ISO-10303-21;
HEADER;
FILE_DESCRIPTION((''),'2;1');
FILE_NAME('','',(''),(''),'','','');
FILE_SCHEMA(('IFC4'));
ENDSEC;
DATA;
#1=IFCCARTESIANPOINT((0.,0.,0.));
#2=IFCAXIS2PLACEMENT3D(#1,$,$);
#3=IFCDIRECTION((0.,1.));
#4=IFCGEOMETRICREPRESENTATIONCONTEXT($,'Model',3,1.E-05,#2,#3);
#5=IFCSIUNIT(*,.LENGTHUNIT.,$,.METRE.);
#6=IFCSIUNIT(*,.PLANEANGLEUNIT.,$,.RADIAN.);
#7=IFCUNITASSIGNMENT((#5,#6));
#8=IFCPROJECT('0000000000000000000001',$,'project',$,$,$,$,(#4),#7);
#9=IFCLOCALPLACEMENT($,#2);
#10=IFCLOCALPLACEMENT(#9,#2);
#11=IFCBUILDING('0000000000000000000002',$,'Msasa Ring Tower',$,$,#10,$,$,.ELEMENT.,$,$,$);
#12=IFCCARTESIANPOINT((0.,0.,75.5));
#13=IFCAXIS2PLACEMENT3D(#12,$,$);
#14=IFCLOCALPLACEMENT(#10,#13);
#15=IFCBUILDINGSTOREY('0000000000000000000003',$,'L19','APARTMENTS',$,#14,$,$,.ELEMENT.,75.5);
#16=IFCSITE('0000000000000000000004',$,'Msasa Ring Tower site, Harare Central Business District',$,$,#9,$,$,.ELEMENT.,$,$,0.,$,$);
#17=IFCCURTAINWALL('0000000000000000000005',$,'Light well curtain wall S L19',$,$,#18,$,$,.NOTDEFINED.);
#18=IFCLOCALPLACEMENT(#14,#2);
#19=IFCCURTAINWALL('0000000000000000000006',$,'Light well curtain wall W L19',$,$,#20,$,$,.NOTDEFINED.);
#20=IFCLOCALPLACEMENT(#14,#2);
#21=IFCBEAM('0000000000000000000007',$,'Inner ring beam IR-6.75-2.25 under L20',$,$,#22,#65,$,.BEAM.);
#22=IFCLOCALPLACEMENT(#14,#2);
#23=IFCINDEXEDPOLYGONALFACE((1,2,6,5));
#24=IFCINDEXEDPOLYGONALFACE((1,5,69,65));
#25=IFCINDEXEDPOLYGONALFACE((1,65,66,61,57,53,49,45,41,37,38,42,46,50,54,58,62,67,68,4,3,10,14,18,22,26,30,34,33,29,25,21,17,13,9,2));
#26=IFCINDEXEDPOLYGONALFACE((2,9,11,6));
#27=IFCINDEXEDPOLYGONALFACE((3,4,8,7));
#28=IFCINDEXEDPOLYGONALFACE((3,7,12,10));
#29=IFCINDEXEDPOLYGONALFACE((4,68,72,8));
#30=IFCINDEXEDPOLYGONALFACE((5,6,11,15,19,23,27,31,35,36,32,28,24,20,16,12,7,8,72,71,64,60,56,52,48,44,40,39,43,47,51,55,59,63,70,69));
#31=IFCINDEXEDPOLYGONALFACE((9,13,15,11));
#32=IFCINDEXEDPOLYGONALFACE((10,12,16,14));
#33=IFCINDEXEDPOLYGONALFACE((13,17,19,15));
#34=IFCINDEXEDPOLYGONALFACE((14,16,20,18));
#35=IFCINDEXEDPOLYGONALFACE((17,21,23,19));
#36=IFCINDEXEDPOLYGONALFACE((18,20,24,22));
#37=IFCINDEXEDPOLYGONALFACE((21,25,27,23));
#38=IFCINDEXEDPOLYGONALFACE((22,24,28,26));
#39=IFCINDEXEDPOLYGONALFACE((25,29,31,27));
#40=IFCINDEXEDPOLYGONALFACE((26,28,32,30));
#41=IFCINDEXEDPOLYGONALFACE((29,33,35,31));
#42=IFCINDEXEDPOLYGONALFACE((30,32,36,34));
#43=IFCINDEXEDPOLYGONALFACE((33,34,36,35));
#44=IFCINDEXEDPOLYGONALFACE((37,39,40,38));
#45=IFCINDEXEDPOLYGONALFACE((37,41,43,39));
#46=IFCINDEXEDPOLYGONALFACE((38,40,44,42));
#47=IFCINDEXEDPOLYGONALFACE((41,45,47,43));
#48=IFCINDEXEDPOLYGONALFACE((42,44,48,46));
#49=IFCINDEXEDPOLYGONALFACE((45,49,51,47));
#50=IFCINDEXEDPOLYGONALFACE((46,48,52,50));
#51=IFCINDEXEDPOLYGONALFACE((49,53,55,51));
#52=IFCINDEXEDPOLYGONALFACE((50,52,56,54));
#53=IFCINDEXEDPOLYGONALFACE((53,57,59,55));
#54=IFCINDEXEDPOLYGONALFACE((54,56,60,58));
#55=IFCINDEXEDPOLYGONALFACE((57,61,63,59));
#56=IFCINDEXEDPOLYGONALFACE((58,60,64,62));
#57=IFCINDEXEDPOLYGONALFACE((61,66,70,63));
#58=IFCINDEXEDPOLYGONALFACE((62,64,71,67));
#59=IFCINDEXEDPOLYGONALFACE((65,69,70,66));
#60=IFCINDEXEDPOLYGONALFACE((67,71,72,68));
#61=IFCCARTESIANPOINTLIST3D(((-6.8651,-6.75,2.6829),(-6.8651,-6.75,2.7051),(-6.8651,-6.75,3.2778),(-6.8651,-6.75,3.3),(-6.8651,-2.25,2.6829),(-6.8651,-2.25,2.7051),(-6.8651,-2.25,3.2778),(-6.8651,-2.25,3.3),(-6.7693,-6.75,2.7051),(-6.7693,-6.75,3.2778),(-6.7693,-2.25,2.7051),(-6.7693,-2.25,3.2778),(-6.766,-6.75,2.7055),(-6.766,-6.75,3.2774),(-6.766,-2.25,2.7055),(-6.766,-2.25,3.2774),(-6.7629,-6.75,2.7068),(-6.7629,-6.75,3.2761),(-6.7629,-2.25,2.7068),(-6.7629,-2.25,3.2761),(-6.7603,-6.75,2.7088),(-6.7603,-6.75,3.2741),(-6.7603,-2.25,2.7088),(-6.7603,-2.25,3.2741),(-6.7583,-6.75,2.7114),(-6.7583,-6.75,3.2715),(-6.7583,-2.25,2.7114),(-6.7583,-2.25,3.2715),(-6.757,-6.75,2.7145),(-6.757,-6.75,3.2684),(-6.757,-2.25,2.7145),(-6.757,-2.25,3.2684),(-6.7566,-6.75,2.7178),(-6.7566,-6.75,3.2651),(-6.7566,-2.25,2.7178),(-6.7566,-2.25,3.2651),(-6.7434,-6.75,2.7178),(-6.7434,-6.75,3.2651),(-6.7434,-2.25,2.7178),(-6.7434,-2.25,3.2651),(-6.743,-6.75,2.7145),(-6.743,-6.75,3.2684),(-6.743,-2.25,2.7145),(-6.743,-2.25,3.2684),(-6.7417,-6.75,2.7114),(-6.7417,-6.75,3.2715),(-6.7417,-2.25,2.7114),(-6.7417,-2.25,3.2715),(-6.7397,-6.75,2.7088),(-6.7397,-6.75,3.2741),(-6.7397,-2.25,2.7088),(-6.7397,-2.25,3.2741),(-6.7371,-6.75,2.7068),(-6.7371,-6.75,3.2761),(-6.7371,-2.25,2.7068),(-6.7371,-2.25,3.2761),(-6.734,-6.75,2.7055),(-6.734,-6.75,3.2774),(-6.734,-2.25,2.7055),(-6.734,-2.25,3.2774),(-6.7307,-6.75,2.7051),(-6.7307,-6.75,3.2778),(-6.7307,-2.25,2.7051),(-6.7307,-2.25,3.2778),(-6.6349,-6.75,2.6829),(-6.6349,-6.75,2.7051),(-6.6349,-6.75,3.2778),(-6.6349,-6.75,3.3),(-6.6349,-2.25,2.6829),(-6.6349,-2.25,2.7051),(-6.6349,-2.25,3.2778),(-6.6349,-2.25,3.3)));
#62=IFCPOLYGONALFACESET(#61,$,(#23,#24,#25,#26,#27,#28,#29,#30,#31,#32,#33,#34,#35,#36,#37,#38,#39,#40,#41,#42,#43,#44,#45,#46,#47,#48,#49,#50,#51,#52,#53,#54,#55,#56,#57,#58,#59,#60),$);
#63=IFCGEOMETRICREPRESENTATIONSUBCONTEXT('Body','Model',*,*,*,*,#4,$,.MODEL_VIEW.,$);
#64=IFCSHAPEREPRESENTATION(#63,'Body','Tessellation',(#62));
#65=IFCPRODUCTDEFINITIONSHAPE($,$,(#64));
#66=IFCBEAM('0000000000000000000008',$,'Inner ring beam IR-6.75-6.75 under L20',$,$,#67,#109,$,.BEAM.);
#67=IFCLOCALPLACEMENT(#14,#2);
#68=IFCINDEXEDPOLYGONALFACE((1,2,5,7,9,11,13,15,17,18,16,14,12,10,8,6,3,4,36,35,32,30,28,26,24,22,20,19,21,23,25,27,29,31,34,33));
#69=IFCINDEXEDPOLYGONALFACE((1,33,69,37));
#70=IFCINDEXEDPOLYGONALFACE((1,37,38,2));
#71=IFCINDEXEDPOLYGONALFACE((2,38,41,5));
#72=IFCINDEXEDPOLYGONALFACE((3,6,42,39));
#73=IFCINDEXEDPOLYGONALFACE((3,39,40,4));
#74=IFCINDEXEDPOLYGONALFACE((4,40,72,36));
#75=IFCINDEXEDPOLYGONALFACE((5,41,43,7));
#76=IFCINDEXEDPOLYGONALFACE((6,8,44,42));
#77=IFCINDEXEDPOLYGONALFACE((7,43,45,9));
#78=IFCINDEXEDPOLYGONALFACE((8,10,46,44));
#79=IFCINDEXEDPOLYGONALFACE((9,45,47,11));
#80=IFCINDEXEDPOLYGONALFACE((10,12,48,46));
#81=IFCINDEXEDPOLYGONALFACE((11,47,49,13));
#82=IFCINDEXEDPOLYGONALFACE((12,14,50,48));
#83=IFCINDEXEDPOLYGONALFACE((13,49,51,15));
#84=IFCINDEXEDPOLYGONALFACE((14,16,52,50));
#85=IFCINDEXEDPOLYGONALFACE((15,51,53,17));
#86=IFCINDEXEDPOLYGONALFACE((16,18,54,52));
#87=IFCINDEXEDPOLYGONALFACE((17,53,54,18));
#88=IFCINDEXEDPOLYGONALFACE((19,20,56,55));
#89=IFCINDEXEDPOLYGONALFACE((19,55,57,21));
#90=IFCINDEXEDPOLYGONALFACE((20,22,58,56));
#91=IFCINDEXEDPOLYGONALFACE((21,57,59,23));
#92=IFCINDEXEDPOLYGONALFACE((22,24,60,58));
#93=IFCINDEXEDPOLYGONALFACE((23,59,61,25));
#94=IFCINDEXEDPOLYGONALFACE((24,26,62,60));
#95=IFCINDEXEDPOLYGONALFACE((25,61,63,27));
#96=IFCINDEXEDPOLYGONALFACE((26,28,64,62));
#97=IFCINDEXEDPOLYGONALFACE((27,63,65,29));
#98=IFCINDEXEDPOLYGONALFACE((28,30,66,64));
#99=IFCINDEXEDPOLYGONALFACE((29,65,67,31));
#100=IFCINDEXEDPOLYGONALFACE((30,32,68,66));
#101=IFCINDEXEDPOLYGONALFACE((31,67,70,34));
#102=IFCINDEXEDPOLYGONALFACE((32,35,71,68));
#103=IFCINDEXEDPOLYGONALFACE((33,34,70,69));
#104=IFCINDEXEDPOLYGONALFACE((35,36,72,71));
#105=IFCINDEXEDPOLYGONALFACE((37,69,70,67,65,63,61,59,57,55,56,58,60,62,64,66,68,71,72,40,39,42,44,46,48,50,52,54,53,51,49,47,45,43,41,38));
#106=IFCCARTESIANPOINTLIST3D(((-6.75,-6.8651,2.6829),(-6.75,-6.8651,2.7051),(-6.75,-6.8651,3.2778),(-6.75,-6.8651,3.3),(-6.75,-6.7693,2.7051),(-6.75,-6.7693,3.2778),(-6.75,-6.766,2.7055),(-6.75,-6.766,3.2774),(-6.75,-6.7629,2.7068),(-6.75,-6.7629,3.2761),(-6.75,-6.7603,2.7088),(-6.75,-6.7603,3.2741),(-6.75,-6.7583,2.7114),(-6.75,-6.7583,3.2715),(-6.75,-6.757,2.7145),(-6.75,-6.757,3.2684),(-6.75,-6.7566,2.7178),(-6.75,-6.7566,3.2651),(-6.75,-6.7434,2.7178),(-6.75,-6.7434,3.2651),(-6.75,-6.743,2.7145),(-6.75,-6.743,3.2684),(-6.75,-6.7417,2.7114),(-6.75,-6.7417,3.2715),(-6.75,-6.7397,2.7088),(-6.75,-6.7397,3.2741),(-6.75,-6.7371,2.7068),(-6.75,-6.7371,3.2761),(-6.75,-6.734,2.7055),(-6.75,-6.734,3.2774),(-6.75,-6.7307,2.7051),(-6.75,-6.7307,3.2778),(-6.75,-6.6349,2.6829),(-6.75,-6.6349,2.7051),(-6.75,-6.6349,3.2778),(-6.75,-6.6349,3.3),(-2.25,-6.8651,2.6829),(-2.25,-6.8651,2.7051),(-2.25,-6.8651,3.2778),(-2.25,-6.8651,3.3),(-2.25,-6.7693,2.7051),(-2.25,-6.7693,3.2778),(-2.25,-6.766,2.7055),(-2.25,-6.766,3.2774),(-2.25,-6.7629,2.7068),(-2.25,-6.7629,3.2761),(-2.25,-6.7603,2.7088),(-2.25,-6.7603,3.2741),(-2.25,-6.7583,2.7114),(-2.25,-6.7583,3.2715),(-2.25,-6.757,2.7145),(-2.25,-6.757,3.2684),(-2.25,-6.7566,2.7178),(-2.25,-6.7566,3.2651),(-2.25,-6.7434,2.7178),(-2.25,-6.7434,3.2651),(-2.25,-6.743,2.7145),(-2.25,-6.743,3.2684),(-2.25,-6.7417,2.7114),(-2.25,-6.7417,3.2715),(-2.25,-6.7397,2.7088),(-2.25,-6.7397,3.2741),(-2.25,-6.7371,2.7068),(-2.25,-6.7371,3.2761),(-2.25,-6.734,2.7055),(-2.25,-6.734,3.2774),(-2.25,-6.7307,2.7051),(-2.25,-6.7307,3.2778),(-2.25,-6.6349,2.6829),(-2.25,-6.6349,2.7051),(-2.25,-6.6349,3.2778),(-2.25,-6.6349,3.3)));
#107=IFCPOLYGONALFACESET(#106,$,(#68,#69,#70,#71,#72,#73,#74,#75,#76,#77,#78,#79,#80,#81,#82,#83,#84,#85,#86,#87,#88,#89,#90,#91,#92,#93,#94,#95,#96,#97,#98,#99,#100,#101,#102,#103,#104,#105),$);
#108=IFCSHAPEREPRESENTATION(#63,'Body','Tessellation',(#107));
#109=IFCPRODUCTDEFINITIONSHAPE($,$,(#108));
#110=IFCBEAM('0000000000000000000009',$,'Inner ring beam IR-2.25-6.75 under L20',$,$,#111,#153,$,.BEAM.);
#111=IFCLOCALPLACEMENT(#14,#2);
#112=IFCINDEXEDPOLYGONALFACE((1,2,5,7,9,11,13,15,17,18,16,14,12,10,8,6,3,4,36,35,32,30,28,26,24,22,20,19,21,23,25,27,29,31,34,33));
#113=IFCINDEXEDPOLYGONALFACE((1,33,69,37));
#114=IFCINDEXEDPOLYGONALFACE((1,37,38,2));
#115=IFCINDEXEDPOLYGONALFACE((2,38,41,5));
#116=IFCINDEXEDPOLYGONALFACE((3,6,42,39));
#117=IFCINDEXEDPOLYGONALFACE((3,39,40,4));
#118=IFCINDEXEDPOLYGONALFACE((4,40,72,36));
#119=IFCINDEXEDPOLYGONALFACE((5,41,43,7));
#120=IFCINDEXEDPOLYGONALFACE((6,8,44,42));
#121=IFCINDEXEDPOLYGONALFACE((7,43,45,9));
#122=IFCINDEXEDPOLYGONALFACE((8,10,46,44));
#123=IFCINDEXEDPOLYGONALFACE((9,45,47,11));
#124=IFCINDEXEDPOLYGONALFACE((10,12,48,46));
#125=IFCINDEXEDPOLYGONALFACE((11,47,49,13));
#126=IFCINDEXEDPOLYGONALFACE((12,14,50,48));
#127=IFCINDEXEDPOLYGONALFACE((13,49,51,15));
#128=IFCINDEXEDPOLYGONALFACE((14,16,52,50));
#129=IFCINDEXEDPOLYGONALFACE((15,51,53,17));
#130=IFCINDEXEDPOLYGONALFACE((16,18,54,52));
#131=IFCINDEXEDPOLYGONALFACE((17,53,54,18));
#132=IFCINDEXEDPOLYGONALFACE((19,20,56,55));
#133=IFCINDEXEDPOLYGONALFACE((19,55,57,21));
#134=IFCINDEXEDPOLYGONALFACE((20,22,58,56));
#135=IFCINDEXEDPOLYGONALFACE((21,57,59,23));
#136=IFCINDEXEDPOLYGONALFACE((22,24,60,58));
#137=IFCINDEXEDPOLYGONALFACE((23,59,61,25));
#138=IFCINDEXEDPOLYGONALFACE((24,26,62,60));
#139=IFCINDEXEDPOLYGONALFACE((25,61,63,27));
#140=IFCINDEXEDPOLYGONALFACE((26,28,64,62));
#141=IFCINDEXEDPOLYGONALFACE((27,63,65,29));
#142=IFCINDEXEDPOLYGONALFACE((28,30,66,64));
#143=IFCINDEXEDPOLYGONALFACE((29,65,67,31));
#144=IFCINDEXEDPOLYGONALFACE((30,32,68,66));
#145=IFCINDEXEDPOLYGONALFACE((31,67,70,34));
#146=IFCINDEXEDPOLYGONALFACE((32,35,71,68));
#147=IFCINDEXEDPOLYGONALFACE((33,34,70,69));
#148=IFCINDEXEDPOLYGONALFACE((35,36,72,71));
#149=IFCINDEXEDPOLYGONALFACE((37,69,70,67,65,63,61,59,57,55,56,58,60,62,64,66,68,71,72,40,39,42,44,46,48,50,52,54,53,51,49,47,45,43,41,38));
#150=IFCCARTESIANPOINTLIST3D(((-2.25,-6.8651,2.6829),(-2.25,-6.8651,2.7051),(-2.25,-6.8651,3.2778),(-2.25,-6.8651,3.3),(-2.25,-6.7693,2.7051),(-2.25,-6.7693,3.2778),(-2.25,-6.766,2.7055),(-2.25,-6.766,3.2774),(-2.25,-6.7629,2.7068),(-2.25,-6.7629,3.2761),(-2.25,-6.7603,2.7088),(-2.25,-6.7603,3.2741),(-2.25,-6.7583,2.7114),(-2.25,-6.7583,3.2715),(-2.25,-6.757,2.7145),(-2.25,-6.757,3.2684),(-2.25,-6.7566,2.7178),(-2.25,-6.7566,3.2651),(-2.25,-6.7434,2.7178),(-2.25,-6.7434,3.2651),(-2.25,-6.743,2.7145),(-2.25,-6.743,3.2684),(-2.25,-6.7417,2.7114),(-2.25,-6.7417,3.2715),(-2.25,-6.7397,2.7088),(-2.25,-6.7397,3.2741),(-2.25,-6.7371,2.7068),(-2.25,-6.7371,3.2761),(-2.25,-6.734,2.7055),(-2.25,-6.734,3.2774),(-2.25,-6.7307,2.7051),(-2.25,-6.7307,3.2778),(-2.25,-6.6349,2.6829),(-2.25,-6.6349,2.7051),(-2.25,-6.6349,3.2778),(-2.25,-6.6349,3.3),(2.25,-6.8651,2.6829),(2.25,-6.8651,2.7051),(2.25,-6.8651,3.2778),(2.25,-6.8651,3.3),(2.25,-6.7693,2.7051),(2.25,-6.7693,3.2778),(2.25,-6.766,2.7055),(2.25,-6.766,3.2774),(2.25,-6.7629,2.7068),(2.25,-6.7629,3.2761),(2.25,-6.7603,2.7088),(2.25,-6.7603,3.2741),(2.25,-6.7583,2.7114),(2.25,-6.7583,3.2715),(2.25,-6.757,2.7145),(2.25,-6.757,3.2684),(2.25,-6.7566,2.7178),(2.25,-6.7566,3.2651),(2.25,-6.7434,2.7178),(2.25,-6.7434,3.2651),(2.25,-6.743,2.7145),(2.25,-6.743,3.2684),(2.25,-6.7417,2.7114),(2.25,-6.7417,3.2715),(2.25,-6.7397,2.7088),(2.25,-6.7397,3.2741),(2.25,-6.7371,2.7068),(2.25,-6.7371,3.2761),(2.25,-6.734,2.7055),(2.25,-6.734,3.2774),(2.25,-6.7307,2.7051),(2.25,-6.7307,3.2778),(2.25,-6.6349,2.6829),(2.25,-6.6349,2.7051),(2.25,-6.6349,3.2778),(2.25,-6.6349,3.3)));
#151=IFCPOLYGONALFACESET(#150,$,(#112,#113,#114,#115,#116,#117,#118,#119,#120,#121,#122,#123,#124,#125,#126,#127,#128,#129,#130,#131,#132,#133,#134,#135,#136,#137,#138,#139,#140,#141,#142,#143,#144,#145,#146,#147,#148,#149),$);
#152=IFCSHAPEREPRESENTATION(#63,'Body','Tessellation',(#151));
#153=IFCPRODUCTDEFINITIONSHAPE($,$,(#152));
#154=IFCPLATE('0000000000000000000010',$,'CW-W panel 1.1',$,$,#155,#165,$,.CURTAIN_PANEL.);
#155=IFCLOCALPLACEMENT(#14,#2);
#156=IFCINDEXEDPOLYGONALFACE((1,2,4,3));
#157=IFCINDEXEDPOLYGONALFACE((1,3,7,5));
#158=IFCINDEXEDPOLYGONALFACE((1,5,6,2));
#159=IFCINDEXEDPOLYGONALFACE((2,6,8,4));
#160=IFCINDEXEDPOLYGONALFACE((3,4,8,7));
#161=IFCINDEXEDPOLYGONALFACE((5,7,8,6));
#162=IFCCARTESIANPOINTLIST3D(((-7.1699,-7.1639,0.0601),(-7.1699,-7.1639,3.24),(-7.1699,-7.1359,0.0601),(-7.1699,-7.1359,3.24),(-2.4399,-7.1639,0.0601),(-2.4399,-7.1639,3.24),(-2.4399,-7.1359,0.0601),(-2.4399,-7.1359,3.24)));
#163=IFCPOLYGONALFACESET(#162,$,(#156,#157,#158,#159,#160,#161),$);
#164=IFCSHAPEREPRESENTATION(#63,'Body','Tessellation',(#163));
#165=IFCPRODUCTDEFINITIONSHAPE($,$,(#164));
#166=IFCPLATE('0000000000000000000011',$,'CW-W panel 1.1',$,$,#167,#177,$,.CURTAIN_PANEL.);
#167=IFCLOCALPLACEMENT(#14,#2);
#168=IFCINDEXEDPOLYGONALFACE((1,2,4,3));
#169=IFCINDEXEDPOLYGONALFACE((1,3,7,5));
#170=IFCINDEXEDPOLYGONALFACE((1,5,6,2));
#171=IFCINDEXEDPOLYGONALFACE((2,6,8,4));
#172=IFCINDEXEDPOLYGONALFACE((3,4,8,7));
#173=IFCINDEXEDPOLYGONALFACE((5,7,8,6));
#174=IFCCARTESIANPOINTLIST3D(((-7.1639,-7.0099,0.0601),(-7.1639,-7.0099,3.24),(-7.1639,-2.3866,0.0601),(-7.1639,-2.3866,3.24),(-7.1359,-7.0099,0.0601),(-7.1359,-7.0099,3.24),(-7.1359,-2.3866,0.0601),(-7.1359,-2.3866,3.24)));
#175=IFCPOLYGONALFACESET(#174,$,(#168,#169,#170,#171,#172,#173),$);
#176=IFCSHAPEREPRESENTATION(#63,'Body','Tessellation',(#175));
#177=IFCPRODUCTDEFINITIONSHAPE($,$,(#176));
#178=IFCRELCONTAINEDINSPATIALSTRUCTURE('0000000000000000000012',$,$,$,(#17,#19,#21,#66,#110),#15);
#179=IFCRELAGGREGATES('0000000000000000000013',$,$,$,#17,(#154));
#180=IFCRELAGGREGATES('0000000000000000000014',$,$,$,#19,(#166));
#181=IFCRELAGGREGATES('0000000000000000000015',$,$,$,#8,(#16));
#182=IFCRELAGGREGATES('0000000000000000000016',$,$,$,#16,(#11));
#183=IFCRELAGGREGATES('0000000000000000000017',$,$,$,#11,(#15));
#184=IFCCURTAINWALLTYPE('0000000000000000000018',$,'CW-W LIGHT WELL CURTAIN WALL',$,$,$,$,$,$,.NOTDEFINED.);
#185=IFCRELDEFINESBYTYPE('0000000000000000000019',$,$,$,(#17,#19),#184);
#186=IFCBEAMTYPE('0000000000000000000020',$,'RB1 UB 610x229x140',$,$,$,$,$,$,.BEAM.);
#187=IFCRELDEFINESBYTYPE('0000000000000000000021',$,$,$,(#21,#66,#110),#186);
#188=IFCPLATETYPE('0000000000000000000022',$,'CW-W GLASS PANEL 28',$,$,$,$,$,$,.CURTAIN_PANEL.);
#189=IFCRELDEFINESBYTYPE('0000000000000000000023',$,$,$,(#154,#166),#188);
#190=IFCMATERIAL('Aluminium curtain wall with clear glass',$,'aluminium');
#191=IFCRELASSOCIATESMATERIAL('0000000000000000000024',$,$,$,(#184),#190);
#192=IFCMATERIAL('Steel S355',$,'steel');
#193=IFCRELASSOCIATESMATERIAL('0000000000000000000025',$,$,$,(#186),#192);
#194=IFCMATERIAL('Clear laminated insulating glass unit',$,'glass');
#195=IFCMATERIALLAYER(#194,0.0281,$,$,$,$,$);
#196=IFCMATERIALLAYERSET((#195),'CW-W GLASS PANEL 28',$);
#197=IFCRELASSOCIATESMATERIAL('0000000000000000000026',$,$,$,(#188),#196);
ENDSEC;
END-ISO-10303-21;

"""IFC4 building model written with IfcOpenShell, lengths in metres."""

from ifc_helpers import new_model, si_unit, direction, frame, origin, origin_2d, place, context, subcontext, project, spatial, rectangle, i_section, extrude, material, layer, layer_set, material_profile, profile_set, type_object, element, aggregate, save


model = new_model("IFC4")

# Units and contexts
model_context = context("Model", 3, precision=1e-05, world=origin(), true_north=direction((0.0, 1.0)))
body_context = subcontext(model_context, "Body", "Model", "MODEL_VIEW")
ifc_project = project(units=[si_unit("LENGTHUNIT", "METRE"), si_unit("PLANEANGLEUNIT", "RADIAN")], contexts=[model_context])

# Site, building, storey
site_placement = place(None, origin())
site = spatial("IfcSite", under=ifc_project, at=site_placement, Name="Msasa Ring Tower site, Harare Central Business District", CompositionType="ELEMENT", RefElevation=0.0)
building_placement = place(site_placement, origin())
building = spatial("IfcBuilding", under=site, at=building_placement, Name="Msasa Ring Tower", CompositionType="ELEMENT")
storey_placement = place(building_placement, frame((0.0, 0.0, 75.5)))
storey = spatial("IfcBuildingStorey", under=building, at=storey_placement, Name="L19", Description="APARTMENTS", CompositionType="ELEMENT", Elevation=75.5)

# Curtain walls
ifc_material_1 = material(Name="Aluminium curtain wall with clear glass", Category="aluminium")
curtain_wall_type = type_object("IfcCurtainWallType", Name="CW-W LIGHT WELL CURTAIN WALL", PredefinedType="NOTDEFINED", material=ifc_material_1)
curtain_wall_1_placement = place(storey_placement, origin())
curtain_wall_1 = element("IfcCurtainWall", 1, at=curtain_wall_1_placement, inside=storey, type_object=curtain_wall_type, Name="Light well curtain wall S L19", PredefinedType="NOTDEFINED")
curtain_wall_2_placement = place(storey_placement, origin())
curtain_wall_2 = element("IfcCurtainWall", 2, at=curtain_wall_2_placement, inside=storey, type_object=curtain_wall_type, Name="Light well curtain wall W L19", PredefinedType="NOTDEFINED")

# Beams
ifc_material_2 = material(Name="Steel S355", Category="steel")
ifc_material_profile_1 = material_profile(ifc_material_2, i_section(OverallWidth=0.2302, OverallDepth=0.6172, WebThickness=0.0132, FlangeThickness=0.0222, FilletRadius=0.0127, at=origin_2d()), Name="UB 610x229x140")
ifc_profile_set_1 = profile_set([ifc_material_profile_1], Name="Steel S355")
beam_type = type_object("IfcBeamType", Name="RB1 UB 610x229x140", PredefinedType="BEAM", material=ifc_profile_set_1)
for number, where, z_axis, x_axis, name in (
    (3, (-6.75, -2.25, 2.9915), (0.0, -1.0, 0.0), (1.0, 0.0, 0.0), "Inner ring beam IR-6.75-2.25 under L20"),
    (4, (-6.75, -6.75, 2.9915), (1.0, 0.0, 0.0), (0.0, 1.0, 0.0), "Inner ring beam IR-6.75-6.75 under L20"),
    (5, (-2.25, -6.75, 2.9915), (1.0, 0.0, 0.0), (0.0, 1.0, 0.0), "Inner ring beam IR-2.25-6.75 under L20"),
):
    element("IfcBeam", number, at=place(storey_placement, frame(where, z_axis=z_axis, x_axis=x_axis)), inside=storey, type_object=beam_type, Name=name, PredefinedType="BEAM", context=body_context, shape_type="SweptSolid", body=[
        extrude(i_section(OverallWidth=0.2302, OverallDepth=0.6172, WebThickness=0.0132, FlangeThickness=0.0222, FilletRadius=0.0127, at=origin_2d()), origin(), (0.0, 0.0, 1.0), 4.5),
    ])

# Plates
ifc_material_3 = material(Name="Clear laminated insulating glass unit", Category="glass")
ifc_layer = layer(ifc_material_3, 0.0281)
ifc_layer_set = layer_set([ifc_layer], Name="CW-W GLASS PANEL 28")
plate_type = type_object("IfcPlateType", Name="CW-W GLASS PANEL 28", PredefinedType="CURTAIN_PANEL", material=ifc_layer_set)
plate_1_placement = place(storey_placement, frame((-4.8049, -7.1499, 0.0601), z_axis=(0.0, 0.0, 1.0), x_axis=(1.0, 0.0, 0.0)))
plate_1 = element("IfcPlate", 6, at=plate_1_placement, type_object=plate_type, Name="CW-W panel 1.1", PredefinedType="CURTAIN_PANEL", context=body_context, shape_type="SweptSolid", body=[
    extrude(rectangle(XDim=4.73, YDim=0.0281, at=origin_2d()), origin(), (0.0, 0.0, 1.0), 3.1799),
])
aggregate(curtain_wall_1, [plate_1])
plate_2_placement = place(storey_placement, frame((-7.1499, -4.6982, 0.0601), z_axis=(0.0, 0.0, 1.0), x_axis=(0.0, 1.0, 0.0)))
plate_2 = element("IfcPlate", 7, at=plate_2_placement, type_object=plate_type, Name="CW-W panel 1.1", PredefinedType="CURTAIN_PANEL", context=body_context, shape_type="SweptSolid", body=[
    extrude(rectangle(XDim=4.6233, YDim=0.0281, at=origin_2d()), origin(), (0.0, 0.0, 1.0), 3.1799),
])
aggregate(curtain_wall_2, [plate_2])

save(model, "model.ifc")
